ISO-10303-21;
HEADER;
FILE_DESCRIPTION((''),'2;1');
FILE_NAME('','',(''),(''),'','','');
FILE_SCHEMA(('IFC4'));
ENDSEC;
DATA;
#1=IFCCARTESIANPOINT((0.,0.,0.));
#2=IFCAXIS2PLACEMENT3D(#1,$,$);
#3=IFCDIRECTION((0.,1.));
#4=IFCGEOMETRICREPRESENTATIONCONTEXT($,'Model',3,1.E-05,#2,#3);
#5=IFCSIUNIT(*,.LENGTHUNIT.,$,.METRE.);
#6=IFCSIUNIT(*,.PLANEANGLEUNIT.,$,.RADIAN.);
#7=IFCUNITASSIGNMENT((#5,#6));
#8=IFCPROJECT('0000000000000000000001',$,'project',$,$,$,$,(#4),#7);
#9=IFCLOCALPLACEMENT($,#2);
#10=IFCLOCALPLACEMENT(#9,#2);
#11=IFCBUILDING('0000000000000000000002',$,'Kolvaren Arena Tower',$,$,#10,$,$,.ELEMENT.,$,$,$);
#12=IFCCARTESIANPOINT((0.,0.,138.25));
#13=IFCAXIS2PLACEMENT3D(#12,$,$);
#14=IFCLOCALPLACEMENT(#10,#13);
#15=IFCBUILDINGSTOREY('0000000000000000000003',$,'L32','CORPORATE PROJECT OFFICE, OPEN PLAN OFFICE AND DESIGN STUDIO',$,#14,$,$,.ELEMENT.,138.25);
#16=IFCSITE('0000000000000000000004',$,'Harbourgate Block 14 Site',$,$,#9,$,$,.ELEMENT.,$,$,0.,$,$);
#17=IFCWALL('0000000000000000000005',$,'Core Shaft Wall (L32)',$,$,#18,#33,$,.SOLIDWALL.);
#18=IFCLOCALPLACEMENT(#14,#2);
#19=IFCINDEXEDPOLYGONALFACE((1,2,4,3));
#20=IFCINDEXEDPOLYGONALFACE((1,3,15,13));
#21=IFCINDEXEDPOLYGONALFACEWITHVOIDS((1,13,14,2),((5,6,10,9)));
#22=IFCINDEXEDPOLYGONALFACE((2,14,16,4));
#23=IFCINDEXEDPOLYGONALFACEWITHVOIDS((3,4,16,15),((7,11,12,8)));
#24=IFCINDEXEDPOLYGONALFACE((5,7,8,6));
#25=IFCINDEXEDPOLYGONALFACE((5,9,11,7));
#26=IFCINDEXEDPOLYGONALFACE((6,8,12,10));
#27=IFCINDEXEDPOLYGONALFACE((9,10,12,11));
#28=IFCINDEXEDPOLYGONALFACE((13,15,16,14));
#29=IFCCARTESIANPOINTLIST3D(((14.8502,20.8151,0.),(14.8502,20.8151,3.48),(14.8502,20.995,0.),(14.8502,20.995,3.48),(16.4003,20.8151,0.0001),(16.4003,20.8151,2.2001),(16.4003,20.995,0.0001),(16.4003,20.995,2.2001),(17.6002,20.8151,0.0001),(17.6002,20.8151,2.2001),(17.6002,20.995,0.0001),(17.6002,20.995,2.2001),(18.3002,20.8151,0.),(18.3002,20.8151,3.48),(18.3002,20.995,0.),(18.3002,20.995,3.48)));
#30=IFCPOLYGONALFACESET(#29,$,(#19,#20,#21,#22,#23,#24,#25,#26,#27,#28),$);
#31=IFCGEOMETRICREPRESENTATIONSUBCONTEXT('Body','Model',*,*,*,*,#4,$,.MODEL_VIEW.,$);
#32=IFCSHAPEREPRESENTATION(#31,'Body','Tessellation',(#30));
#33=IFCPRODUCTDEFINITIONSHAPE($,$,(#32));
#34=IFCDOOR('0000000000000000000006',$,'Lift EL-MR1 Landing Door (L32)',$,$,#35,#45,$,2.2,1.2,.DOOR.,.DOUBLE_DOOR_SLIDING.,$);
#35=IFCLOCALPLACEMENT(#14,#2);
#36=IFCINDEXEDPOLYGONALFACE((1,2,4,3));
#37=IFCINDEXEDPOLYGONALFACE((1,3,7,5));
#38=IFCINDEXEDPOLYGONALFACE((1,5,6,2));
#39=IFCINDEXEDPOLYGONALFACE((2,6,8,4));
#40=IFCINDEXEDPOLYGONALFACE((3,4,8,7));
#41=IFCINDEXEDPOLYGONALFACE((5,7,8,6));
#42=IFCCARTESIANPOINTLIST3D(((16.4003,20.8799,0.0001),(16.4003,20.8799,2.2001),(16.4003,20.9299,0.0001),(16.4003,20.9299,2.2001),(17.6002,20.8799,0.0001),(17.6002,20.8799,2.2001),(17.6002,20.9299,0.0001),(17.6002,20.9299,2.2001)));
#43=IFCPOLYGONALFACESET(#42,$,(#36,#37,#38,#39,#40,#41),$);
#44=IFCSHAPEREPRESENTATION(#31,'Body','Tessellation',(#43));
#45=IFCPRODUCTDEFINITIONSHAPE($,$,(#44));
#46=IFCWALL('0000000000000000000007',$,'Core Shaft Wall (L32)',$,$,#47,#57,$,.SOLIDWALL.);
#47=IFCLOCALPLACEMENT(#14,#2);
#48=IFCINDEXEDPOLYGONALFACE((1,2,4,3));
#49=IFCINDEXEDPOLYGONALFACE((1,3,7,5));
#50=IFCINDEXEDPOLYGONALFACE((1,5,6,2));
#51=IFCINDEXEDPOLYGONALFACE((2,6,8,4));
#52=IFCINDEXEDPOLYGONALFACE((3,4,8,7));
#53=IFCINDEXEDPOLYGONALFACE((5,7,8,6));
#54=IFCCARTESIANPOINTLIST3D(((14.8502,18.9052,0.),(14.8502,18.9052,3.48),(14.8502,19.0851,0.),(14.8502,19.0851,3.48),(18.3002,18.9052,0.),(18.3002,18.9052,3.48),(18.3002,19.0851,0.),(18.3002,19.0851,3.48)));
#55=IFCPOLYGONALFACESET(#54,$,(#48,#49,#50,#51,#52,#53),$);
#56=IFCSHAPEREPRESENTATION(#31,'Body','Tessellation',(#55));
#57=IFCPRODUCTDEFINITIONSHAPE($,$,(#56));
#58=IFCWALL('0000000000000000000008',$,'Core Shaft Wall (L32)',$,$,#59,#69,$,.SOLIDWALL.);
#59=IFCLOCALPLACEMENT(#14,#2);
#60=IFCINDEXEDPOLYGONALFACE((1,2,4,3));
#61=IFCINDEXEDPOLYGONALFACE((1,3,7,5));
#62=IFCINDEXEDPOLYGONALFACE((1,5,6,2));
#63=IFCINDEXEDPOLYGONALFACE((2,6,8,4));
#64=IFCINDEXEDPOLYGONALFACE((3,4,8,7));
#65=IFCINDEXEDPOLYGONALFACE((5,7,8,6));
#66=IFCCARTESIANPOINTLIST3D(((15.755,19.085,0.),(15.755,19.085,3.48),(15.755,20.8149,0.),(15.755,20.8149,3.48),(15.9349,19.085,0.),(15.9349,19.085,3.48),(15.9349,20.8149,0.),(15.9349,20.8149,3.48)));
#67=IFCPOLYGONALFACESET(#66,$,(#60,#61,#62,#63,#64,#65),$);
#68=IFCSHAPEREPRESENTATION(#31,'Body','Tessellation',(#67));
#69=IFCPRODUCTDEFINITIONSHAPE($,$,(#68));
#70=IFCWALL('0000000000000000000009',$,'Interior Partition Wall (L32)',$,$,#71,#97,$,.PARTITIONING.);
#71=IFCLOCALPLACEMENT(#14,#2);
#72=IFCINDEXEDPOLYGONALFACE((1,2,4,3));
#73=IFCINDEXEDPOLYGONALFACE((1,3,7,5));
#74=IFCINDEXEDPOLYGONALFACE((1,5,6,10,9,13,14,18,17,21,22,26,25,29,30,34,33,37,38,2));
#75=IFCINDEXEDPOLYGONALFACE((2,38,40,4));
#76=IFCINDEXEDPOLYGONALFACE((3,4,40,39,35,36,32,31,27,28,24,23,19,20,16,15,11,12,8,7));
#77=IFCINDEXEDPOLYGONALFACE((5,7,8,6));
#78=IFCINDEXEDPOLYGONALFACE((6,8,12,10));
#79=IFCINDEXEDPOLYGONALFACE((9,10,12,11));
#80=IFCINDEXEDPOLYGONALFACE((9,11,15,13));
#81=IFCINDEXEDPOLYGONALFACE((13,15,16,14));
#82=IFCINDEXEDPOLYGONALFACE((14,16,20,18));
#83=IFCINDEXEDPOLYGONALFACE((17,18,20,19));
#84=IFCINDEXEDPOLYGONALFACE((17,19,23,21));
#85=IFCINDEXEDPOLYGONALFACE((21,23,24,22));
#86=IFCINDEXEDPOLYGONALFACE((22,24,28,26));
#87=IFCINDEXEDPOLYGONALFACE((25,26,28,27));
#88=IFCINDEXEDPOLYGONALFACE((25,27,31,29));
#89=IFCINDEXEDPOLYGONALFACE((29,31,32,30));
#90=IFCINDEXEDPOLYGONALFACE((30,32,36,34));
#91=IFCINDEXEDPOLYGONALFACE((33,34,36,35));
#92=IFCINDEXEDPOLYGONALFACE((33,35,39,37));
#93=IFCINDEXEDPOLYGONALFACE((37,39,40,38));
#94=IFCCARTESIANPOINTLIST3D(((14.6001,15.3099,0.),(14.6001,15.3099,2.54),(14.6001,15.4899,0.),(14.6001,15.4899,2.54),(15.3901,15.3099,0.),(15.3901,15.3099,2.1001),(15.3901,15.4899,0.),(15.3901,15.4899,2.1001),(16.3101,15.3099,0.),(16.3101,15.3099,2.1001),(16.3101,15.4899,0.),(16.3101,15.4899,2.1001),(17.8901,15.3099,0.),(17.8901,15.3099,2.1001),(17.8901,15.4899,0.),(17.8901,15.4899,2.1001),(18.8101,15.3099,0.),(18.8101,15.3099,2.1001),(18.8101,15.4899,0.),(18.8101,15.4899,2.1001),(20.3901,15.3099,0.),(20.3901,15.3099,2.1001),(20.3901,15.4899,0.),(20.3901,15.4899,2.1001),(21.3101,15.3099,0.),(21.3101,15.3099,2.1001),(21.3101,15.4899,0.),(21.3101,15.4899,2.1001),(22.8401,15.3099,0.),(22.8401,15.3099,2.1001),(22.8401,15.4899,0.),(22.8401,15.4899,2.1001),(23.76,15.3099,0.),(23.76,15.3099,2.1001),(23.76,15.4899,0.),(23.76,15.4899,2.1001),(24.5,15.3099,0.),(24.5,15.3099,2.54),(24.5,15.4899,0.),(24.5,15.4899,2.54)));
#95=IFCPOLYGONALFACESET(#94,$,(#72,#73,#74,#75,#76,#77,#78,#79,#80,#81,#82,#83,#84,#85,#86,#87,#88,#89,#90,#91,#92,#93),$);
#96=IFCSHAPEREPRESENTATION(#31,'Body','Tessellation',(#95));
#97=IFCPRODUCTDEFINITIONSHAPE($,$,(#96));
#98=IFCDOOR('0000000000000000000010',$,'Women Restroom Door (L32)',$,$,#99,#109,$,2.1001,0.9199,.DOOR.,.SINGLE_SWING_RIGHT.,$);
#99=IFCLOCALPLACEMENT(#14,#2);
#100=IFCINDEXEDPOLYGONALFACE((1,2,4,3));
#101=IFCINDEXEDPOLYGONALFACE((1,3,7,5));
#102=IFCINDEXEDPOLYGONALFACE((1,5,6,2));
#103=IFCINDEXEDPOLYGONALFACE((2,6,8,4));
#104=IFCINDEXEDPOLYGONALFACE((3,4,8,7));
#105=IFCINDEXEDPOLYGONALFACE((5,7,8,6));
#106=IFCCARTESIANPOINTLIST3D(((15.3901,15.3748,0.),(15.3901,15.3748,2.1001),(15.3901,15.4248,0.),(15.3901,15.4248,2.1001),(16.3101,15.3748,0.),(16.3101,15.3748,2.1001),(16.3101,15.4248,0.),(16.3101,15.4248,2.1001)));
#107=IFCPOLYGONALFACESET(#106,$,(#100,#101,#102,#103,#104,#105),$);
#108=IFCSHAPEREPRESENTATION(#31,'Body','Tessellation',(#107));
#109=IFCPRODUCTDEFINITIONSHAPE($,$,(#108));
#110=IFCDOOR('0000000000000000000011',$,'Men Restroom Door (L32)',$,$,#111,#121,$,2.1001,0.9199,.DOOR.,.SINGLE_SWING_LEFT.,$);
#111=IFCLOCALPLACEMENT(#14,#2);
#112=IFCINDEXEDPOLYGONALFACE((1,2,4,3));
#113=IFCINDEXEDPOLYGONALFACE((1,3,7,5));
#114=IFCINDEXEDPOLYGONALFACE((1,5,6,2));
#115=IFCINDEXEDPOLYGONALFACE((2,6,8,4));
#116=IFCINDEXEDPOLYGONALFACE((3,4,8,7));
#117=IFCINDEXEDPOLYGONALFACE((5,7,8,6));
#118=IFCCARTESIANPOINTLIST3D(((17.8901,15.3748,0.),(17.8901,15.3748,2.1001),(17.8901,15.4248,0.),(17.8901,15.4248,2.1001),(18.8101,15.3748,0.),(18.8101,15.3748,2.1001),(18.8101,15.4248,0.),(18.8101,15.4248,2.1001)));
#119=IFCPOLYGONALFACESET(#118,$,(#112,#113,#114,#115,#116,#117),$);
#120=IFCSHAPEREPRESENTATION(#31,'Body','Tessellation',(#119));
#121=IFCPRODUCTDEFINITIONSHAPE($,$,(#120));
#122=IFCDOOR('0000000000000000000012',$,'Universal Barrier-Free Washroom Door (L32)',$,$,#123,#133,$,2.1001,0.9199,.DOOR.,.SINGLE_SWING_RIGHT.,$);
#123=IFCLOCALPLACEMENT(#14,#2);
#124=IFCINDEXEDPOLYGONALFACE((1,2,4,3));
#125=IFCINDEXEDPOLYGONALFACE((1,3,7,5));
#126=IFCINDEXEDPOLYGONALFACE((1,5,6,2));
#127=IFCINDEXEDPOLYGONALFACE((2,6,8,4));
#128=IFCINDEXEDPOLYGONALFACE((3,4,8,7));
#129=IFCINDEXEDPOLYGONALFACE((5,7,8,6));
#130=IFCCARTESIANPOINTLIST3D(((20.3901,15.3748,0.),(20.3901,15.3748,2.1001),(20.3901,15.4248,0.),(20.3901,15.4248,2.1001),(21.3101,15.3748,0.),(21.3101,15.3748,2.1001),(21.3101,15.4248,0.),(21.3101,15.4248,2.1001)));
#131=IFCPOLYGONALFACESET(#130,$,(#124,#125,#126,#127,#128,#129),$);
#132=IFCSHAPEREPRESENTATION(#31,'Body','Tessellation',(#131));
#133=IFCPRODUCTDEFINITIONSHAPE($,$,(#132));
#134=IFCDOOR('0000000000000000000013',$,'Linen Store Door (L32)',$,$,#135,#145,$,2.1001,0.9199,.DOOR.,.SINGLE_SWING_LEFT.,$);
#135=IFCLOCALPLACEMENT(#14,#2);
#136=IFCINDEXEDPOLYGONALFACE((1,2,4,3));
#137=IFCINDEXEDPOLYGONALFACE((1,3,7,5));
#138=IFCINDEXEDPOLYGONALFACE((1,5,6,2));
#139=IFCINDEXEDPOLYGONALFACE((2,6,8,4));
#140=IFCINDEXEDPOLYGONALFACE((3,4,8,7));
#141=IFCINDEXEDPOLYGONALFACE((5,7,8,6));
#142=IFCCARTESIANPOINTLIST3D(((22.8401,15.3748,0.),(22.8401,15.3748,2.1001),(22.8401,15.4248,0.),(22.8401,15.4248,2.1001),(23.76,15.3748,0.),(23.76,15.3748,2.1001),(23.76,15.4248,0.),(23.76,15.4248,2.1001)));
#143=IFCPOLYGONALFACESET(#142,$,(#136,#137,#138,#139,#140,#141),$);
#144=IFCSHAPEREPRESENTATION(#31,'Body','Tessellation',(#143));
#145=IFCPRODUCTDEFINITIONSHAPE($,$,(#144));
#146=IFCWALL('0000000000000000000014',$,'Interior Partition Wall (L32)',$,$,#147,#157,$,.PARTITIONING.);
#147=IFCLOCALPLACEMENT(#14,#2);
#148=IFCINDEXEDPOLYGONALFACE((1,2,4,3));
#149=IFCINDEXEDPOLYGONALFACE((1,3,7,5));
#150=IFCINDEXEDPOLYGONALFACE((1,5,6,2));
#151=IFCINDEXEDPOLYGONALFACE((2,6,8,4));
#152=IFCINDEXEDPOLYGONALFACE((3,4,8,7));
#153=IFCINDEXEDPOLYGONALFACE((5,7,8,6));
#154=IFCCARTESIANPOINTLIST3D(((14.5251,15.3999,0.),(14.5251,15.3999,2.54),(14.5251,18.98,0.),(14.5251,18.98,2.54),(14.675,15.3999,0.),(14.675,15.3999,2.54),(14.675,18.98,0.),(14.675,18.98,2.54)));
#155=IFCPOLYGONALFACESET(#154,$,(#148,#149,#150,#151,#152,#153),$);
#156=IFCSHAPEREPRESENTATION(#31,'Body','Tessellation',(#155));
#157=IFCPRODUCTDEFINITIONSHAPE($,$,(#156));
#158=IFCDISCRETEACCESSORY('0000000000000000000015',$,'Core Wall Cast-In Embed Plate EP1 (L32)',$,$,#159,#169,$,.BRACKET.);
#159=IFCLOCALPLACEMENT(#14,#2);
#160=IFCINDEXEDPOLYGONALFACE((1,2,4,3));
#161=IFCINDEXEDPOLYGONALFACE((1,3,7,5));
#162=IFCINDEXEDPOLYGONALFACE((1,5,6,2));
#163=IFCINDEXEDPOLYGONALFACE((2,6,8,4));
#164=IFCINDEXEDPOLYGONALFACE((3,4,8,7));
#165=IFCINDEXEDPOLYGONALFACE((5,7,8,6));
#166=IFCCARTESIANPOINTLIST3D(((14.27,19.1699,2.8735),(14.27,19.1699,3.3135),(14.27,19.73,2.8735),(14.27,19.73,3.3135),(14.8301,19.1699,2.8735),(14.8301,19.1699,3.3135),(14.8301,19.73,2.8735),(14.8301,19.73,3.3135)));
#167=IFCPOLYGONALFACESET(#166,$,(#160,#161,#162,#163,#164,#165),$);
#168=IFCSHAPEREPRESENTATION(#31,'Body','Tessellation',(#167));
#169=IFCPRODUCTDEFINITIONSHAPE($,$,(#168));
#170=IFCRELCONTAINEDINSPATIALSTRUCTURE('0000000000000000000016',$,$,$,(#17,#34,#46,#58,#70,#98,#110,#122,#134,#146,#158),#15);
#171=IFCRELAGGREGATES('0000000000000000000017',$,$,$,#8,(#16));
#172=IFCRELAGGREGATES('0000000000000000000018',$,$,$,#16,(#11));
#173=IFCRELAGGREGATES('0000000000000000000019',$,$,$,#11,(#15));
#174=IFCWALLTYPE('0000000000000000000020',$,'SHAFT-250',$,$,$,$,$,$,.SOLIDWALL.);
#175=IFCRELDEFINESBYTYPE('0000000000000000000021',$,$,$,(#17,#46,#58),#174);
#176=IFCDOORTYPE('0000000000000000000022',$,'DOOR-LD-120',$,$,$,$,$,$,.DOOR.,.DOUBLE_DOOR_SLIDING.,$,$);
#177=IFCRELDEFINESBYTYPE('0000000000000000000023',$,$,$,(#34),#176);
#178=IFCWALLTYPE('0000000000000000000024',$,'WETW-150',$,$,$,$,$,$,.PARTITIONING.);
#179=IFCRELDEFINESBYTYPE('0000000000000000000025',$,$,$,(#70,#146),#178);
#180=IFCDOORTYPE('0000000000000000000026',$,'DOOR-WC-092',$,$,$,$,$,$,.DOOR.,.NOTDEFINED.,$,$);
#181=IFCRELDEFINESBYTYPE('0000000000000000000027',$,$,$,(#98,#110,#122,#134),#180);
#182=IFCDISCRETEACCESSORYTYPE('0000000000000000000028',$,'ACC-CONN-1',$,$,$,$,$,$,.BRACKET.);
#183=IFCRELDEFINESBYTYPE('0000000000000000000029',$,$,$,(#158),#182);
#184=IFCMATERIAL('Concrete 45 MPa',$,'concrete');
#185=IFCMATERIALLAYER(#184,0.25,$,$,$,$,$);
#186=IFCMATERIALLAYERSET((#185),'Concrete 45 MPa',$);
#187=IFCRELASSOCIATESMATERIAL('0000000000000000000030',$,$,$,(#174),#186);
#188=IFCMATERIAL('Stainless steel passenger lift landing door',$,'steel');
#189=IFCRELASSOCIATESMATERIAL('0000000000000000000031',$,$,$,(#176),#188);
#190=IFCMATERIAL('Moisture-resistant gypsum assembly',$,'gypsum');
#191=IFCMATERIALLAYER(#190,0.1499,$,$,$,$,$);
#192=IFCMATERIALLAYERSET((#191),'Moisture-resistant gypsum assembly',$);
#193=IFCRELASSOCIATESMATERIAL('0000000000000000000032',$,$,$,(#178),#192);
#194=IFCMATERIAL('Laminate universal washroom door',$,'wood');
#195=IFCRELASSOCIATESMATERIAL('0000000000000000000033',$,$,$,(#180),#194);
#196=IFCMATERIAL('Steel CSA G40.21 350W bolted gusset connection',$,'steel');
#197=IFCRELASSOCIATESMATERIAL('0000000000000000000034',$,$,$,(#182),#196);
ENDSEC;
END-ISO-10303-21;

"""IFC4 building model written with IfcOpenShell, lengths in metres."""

from ifc_helpers import new_model, si_unit, direction, frame, frame_2d, origin, origin_2d, place, context, subcontext, project, spatial, rectangle, extrude, material, layer, layer_set, type_object, element, fill, save


model = new_model("IFC4")

# Units and contexts
model_context = context("Model", 3, precision=1e-05, world=origin(), true_north=direction((0.0, 1.0)))
body_context = subcontext(model_context, "Body", "Model", "MODEL_VIEW")
ifc_project = project(units=[si_unit("LENGTHUNIT", "METRE"), si_unit("PLANEANGLEUNIT", "RADIAN")], contexts=[model_context])

# Site, building, storey
site_placement = place(None, origin())
site = spatial("IfcSite", under=ifc_project, at=site_placement, Name="Harbourgate Block 14 Site", CompositionType="ELEMENT", RefElevation=0.0)
building_placement = place(site_placement, origin())
building = spatial("IfcBuilding", under=site, at=building_placement, Name="Kolvaren Arena Tower", CompositionType="ELEMENT")
storey_placement = place(building_placement, frame((0.0, 0.0, 138.25)))
storey = spatial("IfcBuildingStorey", under=building, at=storey_placement, Name="L32", Description="CORPORATE PROJECT OFFICE, OPEN PLAN OFFICE AND DESIGN STUDIO", CompositionType="ELEMENT", Elevation=138.25)

# Wall, opening, door
ifc_material_1 = material(Name="Concrete 45 MPa", Category="concrete")
ifc_layer_1 = layer(ifc_material_1, 0.25)
ifc_layer_set_1 = layer_set([ifc_layer_1], Name="Concrete 45 MPa")
wall_type_1 = type_object("IfcWallType", Name="SHAFT-250", PredefinedType="SOLIDWALL", material=ifc_layer_set_1)
wall_1_placement = place(storey_placement, frame((14.8501, 20.905, 0.0), z_axis=(0.0, 0.0, 1.0), x_axis=(1.0, 0.0, 0.0)))
wall_1 = element("IfcWall", 1, at=wall_1_placement, inside=storey, type_object=wall_type_1, Name="Core Shaft Wall (L32)", PredefinedType="SOLIDWALL", context=body_context, shape_type="SweptSolid", body=[
    extrude(rectangle(XDim=3.45, YDim=0.1799, at=frame_2d((1.7251, 0.0))), origin(), (0.0, 0.0, 1.0), 3.48),
])
opening_1_placement = place(wall_1_placement, frame((1.55, 0.0, 0.0)))
opening_1 = element("IfcOpeningElement", 2, at=opening_1_placement, cuts=wall_1, PredefinedType="OPENING", context=body_context, shape_type="SweptSolid", body=[
    extrude(rectangle(XDim=1.2, YDim=2.2, at=frame_2d((0.6001, 1.1001))), frame((0.0, 0.0999, 0.0), z_axis=(0.0, -1.0, 0.0), x_axis=(1.0, 0.0, 0.0)), (0.0, 0.0, 1.0), 0.2),
])
ifc_material_2 = material(Name="Stainless steel passenger lift landing door", Category="steel")
door_type_1 = type_object("IfcDoorType", Name="DOOR-LD-120", OperationType="DOUBLE_DOOR_SLIDING", PredefinedType="DOOR", material=ifc_material_2)
door_1_placement = place(opening_1_placement, origin())
door_1 = element("IfcDoor", 3, at=door_1_placement, inside=storey, type_object=door_type_1, Name="Lift EL-MR1 Landing Door (L32)", OperationType="DOUBLE_DOOR_SLIDING", OverallHeight=2.2, OverallWidth=1.2, PredefinedType="DOOR", context=body_context, shape_type="SweptSolid", body=[
    extrude(rectangle(XDim=1.2, YDim=2.2, at=frame_2d((0.6001, 1.1001))), frame((0.0, 0.0249, 0.0), z_axis=(0.0, -1.0, 0.0), x_axis=(1.0, 0.0, 0.0)), (0.0, 0.0, 1.0), 0.05),
])
fill(opening_1, door_1)

# Walls
wall_2_placement = place(storey_placement, frame((14.8501, 18.9951, 0.0), z_axis=(0.0, 0.0, 1.0), x_axis=(1.0, 0.0, 0.0)))
element("IfcWall", 4, at=wall_2_placement, inside=storey, type_object=wall_type_1, Name="Core Shaft Wall (L32)", PredefinedType="SOLIDWALL", context=body_context, shape_type="SweptSolid", body=[
    extrude(rectangle(XDim=3.45, YDim=0.1799, at=frame_2d((1.7251, 0.0))), origin(), (0.0, 0.0, 1.0), 3.48),
])
wall_3_placement = place(storey_placement, frame((15.845, 19.085, 0.0), z_axis=(0.0, 0.0, 1.0), x_axis=(0.0, 1.0, 0.0)))
element("IfcWall", 5, at=wall_3_placement, inside=storey, type_object=wall_type_1, Name="Core Shaft Wall (L32)", PredefinedType="SOLIDWALL", context=body_context, shape_type="SweptSolid", body=[
    extrude(rectangle(XDim=1.73, YDim=0.1799, at=frame_2d((0.865, 0.0))), origin(), (0.0, 0.0, 1.0), 3.48),
])

# Wall, openings, doors
ifc_material_3 = material(Name="Moisture-resistant gypsum assembly", Category="gypsum")
ifc_layer_2 = layer(ifc_material_3, 0.1499)
ifc_layer_set_2 = layer_set([ifc_layer_2], Name="Moisture-resistant gypsum assembly")
wall_type_2 = type_object("IfcWallType", Name="WETW-150", PredefinedType="PARTITIONING", material=ifc_layer_set_2)
wall_4_placement = place(storey_placement, frame((14.6001, 15.3999, 0.0), z_axis=(0.0, 0.0, 1.0), x_axis=(1.0, 0.0, 0.0)))
wall_4 = element("IfcWall", 6, at=wall_4_placement, inside=storey, type_object=wall_type_2, Name="Interior Partition Wall (L32)", PredefinedType="PARTITIONING", context=body_context, shape_type="SweptSolid", body=[
    extrude(rectangle(XDim=9.8999, YDim=0.1799, at=frame_2d((4.95, 0.0))), origin(), (0.0, 0.0, 1.0), 2.54),
])
opening_2_placement = place(wall_4_placement, frame((0.79, 0.0, 0.0)))
opening_2 = element("IfcOpeningElement", 7, at=opening_2_placement, cuts=wall_4, PredefinedType="OPENING", context=body_context, shape_type="SweptSolid", body=[
    extrude(rectangle(XDim=0.9199, YDim=2.1001, at=frame_2d((0.46, 1.05))), frame((0.0, 0.0999, 0.0), z_axis=(0.0, -1.0, 0.0), x_axis=(1.0, 0.0, 0.0)), (0.0, 0.0, 1.0), 0.2),
])
opening_3_placement = place(wall_4_placement, frame((3.29, 0.0, 0.0)))
opening_3 = element("IfcOpeningElement", 8, at=opening_3_placement, cuts=wall_4, PredefinedType="OPENING", context=body_context, shape_type="SweptSolid", body=[
    extrude(rectangle(XDim=0.9199, YDim=2.1001, at=frame_2d((0.46, 1.05))), frame((0.0, 0.0999, 0.0), z_axis=(0.0, -1.0, 0.0), x_axis=(1.0, 0.0, 0.0)), (0.0, 0.0, 1.0), 0.2),
])
opening_4_placement = place(wall_4_placement, frame((5.79, 0.0, 0.0)))
opening_4 = element("IfcOpeningElement", 9, at=opening_4_placement, cuts=wall_4, PredefinedType="OPENING", context=body_context, shape_type="SweptSolid", body=[
    extrude(rectangle(XDim=0.9199, YDim=2.1001, at=frame_2d((0.46, 1.05))), frame((0.0, 0.0999, 0.0), z_axis=(0.0, -1.0, 0.0), x_axis=(1.0, 0.0, 0.0)), (0.0, 0.0, 1.0), 0.2),
])
opening_5_placement = place(wall_4_placement, frame((8.24, 0.0, 0.0)))
opening_5 = element("IfcOpeningElement", 10, at=opening_5_placement, cuts=wall_4, PredefinedType="OPENING", context=body_context, shape_type="SweptSolid", body=[
    extrude(rectangle(XDim=0.9199, YDim=2.1001, at=frame_2d((0.46, 1.05))), frame((0.0, 0.0999, 0.0), z_axis=(0.0, -1.0, 0.0), x_axis=(1.0, 0.0, 0.0)), (0.0, 0.0, 1.0), 0.2),
])
ifc_material_4 = material(Name="Laminate universal washroom door", Category="wood")
door_type_2 = type_object("IfcDoorType", Name="DOOR-WC-092", OperationType="NOTDEFINED", PredefinedType="DOOR", material=ifc_material_4)
door_2_placement = place(opening_2_placement, origin())
door_2 = element("IfcDoor", 11, at=door_2_placement, inside=storey, type_object=door_type_2, Name="Women Restroom Door (L32)", OperationType="SINGLE_SWING_RIGHT", OverallHeight=2.1001, OverallWidth=0.9199, PredefinedType="DOOR", context=body_context, shape_type="SweptSolid", body=[
    extrude(rectangle(XDim=0.9199, YDim=2.1001, at=frame_2d((0.46, 1.05))), frame((0.0, 0.0249, 0.0), z_axis=(0.0, -1.0, 0.0), x_axis=(1.0, 0.0, 0.0)), (0.0, 0.0, 1.0), 0.05),
])
fill(opening_2, door_2)
door_3_placement = place(opening_3_placement, origin())
door_3 = element("IfcDoor", 12, at=door_3_placement, inside=storey, type_object=door_type_2, Name="Men Restroom Door (L32)", OperationType="SINGLE_SWING_LEFT", OverallHeight=2.1001, OverallWidth=0.9199, PredefinedType="DOOR", context=body_context, shape_type="SweptSolid", body=[
    extrude(rectangle(XDim=0.9199, YDim=2.1001, at=frame_2d((0.46, 1.05))), frame((0.0, 0.0249, 0.0), z_axis=(0.0, -1.0, 0.0), x_axis=(1.0, 0.0, 0.0)), (0.0, 0.0, 1.0), 0.05),
])
fill(opening_3, door_3)
door_4_placement = place(opening_4_placement, origin())
door_4 = element("IfcDoor", 13, at=door_4_placement, inside=storey, type_object=door_type_2, Name="Universal Barrier-Free Washroom Door (L32)", OperationType="SINGLE_SWING_RIGHT", OverallHeight=2.1001, OverallWidth=0.9199, PredefinedType="DOOR", context=body_context, shape_type="SweptSolid", body=[
    extrude(rectangle(XDim=0.9199, YDim=2.1001, at=frame_2d((0.46, 1.05))), frame((0.0, 0.0249, 0.0), z_axis=(0.0, -1.0, 0.0), x_axis=(1.0, 0.0, 0.0)), (0.0, 0.0, 1.0), 0.05),
])
fill(opening_4, door_4)
door_5_placement = place(opening_5_placement, origin())
door_5 = element("IfcDoor", 14, at=door_5_placement, inside=storey, type_object=door_type_2, Name="Linen Store Door (L32)", OperationType="SINGLE_SWING_LEFT", OverallHeight=2.1001, OverallWidth=0.9199, PredefinedType="DOOR", context=body_context, shape_type="SweptSolid", body=[
    extrude(rectangle(XDim=0.9199, YDim=2.1001, at=frame_2d((0.46, 1.05))), frame((0.0, 0.0249, 0.0), z_axis=(0.0, -1.0, 0.0), x_axis=(1.0, 0.0, 0.0)), (0.0, 0.0, 1.0), 0.05),
])
fill(opening_5, door_5)

# Wall
wall_5_placement = place(storey_placement, frame((14.6001, 15.3999, 0.0), z_axis=(0.0, 0.0, 1.0), x_axis=(0.0, 1.0, 0.0)))
element("IfcWall", 15, at=wall_5_placement, inside=storey, type_object=wall_type_2, Name="Interior Partition Wall (L32)", PredefinedType="PARTITIONING", context=body_context, shape_type="SweptSolid", body=[
    extrude(rectangle(XDim=3.5801, YDim=0.1499, at=frame_2d((1.79, 0.0))), origin(), (0.0, 0.0, 1.0), 2.54),
])

# Discrete accessory
ifc_material_5 = material(Name="Steel CSA G40.21 350W bolted gusset connection", Category="steel")
discrete_accessory_type = type_object("IfcDiscreteAccessoryType", Name="ACC-CONN-1", PredefinedType="BRACKET", material=ifc_material_5)
discrete_accessory_placement = place(storey_placement, frame((14.55, 19.45, 2.8735), z_axis=(0.0, 0.0, 1.0), x_axis=(1.0, 0.0, 0.0)))
element("IfcDiscreteAccessory", 16, at=discrete_accessory_placement, inside=storey, type_object=discrete_accessory_type, Name="Core Wall Cast-In Embed Plate EP1 (L32)", PredefinedType="BRACKET", context=body_context, shape_type="SweptSolid", body=[
    extrude(rectangle(XDim=0.5601, YDim=0.5601, at=origin_2d()), origin(), (0.0, 0.0, 1.0), 0.4399),
])

save(model, "model.ifc")
